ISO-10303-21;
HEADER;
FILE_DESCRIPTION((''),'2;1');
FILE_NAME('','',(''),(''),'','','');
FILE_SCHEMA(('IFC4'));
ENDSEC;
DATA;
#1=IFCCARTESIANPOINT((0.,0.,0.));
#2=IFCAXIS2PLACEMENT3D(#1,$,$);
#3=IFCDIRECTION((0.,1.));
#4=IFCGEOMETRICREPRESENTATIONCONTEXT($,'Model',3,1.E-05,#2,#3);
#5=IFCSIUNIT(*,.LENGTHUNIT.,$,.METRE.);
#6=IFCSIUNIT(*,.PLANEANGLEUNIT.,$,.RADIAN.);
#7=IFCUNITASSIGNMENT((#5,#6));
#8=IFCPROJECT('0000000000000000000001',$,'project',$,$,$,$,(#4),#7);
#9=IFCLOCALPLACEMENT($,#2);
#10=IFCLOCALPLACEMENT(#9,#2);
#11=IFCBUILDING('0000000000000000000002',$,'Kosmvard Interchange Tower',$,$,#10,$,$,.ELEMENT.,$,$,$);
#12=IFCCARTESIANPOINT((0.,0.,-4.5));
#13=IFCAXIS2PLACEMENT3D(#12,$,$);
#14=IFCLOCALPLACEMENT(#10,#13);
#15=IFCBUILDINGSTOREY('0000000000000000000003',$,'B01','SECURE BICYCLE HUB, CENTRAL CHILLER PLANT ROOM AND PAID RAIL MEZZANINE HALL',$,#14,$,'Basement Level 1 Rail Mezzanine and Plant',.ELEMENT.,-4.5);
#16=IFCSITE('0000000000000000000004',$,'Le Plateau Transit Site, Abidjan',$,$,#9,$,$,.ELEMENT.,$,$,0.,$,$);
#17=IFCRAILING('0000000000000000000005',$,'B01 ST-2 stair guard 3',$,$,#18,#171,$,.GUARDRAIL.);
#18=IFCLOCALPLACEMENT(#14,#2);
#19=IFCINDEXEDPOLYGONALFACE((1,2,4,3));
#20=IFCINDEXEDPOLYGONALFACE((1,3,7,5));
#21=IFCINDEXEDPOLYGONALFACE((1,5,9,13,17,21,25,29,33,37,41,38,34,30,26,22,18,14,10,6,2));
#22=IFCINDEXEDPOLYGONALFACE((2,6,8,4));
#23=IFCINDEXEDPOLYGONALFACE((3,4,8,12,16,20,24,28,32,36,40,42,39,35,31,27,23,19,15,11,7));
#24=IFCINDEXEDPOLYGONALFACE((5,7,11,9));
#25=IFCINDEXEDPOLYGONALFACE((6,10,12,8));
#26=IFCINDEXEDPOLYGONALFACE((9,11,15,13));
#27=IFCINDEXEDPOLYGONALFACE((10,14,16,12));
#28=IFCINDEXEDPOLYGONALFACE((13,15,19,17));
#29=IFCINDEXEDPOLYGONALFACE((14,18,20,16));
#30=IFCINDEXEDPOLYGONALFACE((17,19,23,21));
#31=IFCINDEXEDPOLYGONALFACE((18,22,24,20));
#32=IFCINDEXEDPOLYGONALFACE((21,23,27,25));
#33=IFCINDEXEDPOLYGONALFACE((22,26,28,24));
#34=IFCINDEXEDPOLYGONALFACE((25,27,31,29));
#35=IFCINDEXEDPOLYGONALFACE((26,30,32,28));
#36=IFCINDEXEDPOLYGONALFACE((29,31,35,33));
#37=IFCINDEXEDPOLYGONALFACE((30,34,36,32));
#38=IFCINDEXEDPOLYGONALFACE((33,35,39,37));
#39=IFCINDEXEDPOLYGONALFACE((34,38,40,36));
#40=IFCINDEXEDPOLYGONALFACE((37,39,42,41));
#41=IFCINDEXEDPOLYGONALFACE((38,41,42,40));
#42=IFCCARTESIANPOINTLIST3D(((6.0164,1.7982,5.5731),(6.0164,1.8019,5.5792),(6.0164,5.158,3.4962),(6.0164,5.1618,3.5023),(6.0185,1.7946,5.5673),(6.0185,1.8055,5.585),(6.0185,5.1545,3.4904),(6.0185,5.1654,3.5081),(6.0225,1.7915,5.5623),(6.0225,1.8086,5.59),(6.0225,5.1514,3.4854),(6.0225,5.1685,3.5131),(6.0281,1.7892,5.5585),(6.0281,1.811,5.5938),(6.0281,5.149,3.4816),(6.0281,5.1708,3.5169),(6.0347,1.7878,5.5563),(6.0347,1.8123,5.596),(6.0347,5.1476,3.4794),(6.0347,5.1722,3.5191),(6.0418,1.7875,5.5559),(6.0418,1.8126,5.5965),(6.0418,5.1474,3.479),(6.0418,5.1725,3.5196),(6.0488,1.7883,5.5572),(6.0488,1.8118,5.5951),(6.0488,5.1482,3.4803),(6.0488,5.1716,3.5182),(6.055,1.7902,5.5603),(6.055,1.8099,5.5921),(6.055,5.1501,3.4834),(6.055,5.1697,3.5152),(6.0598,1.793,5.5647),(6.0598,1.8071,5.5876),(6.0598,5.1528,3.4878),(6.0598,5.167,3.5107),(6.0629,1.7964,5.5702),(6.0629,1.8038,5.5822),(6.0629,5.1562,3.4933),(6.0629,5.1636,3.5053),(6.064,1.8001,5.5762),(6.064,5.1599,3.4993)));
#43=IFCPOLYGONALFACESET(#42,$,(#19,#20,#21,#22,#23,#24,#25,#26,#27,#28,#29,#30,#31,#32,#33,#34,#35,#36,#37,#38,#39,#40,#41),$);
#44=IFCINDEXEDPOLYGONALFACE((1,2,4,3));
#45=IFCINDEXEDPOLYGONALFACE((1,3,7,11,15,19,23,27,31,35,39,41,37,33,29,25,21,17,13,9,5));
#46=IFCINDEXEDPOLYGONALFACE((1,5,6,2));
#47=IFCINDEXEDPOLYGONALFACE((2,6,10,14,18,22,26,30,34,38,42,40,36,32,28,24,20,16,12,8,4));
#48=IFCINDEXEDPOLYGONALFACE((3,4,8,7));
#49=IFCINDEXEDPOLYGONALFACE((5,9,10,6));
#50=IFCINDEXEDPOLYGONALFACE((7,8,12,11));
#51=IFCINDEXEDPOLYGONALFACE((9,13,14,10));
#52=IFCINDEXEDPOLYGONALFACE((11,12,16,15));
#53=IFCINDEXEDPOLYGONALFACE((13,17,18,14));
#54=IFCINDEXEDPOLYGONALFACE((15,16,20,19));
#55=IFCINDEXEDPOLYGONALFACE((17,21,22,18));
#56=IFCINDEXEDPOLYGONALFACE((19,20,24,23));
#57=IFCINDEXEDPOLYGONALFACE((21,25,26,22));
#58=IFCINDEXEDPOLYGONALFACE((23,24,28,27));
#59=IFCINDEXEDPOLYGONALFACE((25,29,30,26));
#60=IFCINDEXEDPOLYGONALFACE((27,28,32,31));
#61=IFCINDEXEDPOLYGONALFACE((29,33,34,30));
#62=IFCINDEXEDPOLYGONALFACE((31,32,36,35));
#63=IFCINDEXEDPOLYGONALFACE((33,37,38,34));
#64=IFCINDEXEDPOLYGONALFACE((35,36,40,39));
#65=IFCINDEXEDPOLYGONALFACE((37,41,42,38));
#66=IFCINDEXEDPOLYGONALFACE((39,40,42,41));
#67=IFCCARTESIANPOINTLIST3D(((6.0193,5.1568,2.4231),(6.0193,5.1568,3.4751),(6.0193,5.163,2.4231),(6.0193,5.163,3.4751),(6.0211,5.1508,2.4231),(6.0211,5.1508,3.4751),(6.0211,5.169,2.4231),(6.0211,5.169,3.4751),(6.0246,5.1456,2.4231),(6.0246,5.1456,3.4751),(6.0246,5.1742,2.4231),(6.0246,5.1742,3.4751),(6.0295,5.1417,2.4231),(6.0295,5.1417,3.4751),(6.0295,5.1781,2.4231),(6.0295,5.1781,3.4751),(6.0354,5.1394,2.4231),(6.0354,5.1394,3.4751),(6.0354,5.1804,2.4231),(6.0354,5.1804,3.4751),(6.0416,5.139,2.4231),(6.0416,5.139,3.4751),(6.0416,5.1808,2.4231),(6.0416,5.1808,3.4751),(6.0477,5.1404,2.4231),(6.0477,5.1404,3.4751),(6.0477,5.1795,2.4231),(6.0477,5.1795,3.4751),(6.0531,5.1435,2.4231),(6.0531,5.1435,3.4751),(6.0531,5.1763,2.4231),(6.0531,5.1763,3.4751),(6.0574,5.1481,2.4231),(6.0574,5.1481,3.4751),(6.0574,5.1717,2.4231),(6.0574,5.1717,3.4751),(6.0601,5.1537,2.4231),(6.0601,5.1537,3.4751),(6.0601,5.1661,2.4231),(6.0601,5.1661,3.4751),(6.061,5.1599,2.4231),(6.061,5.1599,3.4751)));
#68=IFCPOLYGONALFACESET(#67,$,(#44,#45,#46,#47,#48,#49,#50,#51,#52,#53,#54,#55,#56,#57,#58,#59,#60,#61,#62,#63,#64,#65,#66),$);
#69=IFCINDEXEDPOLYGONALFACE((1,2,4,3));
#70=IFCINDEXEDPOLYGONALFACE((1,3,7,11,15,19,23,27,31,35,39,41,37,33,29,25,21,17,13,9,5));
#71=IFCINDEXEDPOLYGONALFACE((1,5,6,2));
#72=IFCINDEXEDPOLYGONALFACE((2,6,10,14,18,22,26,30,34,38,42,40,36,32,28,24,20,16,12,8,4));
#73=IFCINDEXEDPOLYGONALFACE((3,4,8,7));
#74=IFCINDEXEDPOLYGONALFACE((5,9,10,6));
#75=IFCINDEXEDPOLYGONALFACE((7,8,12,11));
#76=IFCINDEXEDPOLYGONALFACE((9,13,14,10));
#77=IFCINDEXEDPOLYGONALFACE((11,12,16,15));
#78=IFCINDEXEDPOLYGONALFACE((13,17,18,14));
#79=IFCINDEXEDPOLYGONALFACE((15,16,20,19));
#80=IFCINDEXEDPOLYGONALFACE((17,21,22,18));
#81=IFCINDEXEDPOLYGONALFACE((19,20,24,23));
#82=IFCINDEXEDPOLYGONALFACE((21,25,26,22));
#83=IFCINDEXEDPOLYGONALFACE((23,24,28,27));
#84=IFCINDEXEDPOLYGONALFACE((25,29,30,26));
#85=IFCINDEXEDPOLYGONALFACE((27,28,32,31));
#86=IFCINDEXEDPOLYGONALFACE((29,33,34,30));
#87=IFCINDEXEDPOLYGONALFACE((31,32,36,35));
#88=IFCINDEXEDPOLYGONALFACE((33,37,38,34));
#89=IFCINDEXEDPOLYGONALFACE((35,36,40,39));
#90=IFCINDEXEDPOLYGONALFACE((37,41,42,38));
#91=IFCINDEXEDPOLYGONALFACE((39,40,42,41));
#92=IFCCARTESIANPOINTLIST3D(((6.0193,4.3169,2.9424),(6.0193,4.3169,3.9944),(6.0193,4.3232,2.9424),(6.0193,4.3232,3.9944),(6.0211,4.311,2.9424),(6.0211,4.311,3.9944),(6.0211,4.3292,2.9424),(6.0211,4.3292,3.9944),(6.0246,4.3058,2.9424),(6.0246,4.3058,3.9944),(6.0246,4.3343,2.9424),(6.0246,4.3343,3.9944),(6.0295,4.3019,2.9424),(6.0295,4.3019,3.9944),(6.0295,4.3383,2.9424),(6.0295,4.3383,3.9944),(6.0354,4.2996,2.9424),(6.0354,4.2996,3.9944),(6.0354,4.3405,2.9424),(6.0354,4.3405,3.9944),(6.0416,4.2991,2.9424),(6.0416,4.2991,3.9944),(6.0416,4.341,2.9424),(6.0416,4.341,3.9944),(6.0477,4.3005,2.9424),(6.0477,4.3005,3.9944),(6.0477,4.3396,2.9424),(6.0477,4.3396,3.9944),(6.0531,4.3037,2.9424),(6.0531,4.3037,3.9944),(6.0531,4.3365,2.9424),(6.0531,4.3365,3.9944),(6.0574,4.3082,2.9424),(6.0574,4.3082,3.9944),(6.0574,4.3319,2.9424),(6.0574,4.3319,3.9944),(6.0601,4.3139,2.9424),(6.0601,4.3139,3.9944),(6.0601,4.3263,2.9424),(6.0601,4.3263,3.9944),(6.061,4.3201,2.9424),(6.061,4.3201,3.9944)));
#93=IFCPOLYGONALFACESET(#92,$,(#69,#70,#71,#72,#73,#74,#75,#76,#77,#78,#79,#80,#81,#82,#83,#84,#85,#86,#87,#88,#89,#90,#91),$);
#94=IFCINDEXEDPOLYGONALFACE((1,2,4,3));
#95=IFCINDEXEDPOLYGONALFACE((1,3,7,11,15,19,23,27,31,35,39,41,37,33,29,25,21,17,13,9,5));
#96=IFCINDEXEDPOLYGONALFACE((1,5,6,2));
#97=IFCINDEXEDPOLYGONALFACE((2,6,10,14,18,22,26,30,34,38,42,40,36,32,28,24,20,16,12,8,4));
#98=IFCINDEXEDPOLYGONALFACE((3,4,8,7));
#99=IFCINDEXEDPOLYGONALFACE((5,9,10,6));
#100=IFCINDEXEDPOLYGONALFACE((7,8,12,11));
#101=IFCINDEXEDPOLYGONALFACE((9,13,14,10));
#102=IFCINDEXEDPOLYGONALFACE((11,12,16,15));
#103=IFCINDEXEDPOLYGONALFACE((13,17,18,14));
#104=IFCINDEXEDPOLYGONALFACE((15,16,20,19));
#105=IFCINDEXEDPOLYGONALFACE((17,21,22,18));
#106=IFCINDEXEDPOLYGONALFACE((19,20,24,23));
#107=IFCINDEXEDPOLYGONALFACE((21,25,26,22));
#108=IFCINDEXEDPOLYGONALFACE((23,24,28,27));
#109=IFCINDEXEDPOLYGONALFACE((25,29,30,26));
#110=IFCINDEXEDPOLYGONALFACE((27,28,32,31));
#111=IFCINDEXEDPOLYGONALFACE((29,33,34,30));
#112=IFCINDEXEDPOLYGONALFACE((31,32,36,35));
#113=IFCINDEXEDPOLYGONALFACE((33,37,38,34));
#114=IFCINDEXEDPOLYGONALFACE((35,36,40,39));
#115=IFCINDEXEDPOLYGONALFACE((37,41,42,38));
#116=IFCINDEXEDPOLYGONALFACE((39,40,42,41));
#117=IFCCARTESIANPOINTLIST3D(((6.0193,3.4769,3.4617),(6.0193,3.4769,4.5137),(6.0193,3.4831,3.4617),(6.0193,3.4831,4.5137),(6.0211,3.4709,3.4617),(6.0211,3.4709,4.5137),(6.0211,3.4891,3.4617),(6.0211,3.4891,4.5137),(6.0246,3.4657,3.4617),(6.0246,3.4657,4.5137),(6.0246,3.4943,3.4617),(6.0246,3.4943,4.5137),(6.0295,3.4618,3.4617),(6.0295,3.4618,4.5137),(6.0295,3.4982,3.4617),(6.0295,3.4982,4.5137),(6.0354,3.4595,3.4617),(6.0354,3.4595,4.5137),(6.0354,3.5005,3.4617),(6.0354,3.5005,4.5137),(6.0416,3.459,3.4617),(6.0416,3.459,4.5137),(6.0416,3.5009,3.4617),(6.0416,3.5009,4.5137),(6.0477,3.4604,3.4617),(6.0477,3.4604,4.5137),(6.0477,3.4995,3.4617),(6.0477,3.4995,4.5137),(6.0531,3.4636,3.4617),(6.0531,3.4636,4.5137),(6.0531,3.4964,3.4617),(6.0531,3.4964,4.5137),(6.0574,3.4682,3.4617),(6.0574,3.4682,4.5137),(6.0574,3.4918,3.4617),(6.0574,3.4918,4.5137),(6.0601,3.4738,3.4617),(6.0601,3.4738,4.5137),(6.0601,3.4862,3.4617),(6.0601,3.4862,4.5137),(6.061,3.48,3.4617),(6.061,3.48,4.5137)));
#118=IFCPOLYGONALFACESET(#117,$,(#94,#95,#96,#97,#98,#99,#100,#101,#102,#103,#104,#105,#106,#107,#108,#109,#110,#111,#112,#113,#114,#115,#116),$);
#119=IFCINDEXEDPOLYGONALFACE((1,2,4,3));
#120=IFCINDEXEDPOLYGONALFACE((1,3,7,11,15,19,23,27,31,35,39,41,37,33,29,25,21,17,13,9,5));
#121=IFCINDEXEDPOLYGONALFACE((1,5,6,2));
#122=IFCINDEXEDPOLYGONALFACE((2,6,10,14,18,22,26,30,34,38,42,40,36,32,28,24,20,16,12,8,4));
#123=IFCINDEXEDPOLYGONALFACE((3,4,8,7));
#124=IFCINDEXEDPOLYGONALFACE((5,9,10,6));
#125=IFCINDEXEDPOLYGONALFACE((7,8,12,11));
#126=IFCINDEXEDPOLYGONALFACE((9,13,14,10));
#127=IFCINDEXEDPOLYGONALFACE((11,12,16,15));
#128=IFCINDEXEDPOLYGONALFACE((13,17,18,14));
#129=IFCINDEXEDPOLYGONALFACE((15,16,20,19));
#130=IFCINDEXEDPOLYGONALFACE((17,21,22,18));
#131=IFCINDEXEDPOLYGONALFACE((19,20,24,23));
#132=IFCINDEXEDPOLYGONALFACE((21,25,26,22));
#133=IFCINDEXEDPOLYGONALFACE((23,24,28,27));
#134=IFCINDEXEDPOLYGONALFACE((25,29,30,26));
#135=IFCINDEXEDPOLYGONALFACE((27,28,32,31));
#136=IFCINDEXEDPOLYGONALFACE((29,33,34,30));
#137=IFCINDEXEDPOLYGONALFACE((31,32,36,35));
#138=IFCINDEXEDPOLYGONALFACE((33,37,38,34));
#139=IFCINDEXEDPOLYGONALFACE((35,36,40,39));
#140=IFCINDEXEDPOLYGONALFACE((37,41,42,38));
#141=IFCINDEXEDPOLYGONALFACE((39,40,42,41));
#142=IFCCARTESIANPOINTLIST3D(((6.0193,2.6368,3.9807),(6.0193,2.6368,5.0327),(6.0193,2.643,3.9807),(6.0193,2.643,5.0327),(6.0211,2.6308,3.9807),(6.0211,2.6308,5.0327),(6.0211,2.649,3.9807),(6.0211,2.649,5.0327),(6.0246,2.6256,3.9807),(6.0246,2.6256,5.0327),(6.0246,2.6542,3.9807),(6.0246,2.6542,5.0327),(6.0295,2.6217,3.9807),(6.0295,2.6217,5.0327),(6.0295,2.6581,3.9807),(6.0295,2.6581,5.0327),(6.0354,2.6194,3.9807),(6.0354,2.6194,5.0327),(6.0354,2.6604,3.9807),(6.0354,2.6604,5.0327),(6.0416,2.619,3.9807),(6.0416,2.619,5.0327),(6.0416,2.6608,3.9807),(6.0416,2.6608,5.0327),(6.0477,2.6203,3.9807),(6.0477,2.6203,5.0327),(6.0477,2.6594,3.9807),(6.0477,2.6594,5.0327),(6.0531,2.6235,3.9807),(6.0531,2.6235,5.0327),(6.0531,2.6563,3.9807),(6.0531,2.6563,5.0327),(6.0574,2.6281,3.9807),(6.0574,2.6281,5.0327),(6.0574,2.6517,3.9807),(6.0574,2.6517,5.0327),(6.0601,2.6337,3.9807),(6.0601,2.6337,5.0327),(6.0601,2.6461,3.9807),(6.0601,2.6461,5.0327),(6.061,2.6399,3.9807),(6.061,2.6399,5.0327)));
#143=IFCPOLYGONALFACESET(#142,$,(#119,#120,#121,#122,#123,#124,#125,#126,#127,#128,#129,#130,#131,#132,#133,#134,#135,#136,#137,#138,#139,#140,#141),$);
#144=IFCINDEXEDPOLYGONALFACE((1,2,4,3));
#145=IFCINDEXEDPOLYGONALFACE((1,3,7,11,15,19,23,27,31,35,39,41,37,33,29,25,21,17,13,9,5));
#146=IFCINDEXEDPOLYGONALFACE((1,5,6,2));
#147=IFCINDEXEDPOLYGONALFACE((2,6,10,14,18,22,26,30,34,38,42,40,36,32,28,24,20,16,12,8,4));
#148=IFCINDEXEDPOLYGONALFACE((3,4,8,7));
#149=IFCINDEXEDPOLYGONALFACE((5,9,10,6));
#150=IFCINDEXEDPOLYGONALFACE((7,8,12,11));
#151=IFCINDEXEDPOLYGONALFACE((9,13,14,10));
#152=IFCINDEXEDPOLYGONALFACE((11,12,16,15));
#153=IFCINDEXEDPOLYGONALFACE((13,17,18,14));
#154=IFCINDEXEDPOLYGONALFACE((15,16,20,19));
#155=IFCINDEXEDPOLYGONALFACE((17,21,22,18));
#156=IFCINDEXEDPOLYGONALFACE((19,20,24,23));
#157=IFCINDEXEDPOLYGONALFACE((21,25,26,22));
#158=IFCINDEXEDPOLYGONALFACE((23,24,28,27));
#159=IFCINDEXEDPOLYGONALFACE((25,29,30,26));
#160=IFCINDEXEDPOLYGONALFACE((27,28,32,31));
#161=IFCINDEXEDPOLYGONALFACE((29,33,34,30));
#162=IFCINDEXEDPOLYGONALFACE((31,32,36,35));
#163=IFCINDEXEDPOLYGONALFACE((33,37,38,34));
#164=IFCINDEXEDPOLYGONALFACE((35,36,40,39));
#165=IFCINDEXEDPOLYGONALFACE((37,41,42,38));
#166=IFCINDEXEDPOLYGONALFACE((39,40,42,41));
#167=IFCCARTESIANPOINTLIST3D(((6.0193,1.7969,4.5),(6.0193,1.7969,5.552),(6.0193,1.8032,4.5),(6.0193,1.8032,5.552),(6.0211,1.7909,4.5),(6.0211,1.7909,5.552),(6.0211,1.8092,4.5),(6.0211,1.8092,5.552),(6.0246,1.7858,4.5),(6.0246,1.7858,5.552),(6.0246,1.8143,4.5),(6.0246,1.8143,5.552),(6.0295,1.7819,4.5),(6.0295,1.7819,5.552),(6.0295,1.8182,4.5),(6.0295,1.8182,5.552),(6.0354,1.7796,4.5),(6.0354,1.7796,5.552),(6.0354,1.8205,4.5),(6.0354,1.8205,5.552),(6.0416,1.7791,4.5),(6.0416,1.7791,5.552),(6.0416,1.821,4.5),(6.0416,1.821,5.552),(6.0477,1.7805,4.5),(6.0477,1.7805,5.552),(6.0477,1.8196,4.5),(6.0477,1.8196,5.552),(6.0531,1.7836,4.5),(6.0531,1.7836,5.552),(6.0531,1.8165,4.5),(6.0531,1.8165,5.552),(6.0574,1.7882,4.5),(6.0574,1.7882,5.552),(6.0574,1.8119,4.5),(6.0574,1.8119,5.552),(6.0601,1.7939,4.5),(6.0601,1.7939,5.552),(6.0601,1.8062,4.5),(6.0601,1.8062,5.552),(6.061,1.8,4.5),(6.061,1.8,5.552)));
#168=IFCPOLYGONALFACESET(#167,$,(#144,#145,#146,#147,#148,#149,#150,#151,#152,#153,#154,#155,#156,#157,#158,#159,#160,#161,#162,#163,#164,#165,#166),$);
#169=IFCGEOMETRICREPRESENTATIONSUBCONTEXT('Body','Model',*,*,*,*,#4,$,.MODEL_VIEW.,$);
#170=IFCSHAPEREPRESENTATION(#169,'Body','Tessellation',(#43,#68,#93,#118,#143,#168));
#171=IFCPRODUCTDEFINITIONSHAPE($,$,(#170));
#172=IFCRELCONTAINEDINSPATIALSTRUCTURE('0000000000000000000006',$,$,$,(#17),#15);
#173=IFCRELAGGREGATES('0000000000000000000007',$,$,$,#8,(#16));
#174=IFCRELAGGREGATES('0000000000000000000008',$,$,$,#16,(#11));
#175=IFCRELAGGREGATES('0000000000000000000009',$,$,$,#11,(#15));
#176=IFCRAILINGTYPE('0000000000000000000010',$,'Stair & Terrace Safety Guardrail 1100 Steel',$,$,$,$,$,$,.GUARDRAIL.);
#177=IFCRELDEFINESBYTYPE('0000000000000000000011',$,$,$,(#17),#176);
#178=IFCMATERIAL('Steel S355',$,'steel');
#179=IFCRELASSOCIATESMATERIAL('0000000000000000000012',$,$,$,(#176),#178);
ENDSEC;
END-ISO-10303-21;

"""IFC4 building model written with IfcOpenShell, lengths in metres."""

from ifc_helpers import new_model, si_unit, direction, frame, origin, origin_2d, place, context, subcontext, project, spatial, circle, extrude, source, transform, mapped, material, type_object, element, save


model = new_model("IFC4")

# Units and contexts
model_context = context("Model", 3, precision=1e-05, world=origin(), true_north=direction((0.0, 1.0)))
body_context = subcontext(model_context, "Body", "Model", "MODEL_VIEW")
ifc_project = project(units=[si_unit("LENGTHUNIT", "METRE"), si_unit("PLANEANGLEUNIT", "RADIAN")], contexts=[model_context])

# Site, building, storey
site_placement = place(None, origin())
site = spatial("IfcSite", under=ifc_project, at=site_placement, Name="Le Plateau Transit Site, Abidjan", CompositionType="ELEMENT", RefElevation=0.0)
building_placement = place(site_placement, origin())
building = spatial("IfcBuilding", under=site, at=building_placement, Name="Kosmvard Interchange Tower", CompositionType="ELEMENT")
storey_placement = place(building_placement, frame((0.0, 0.0, -4.5)))
storey = spatial("IfcBuildingStorey", under=building, at=storey_placement, Name="B01", Description="SECURE BICYCLE HUB, CENTRAL CHILLER PLANT ROOM AND PAID RAIL MEZZANINE HALL", LongName="Basement Level 1 Rail Mezzanine and Plant", CompositionType="ELEMENT", Elevation=-4.5)

# Shared definitions
ifc_material_1 = material(Name="Steel S355", Category="steel")

# Railing
railing_type_1 = type_object("IfcRailingType", Name="Stair & Terrace Safety Guardrail 1100 Steel", PredefinedType="GUARDRAIL", material=ifc_material_1)
shared_shape_1 = source(origin(), body_context, "Body", "SweptSolid", [
    extrude(circle(Radius=0.0239, at=origin_2d()), frame((0.0, 0.0, 1.0762), z_axis=(0.0, -0.850606, 0.525803), x_axis=(1.0, 0.0, 0.0)), (0.0, 0.0, 1.0), 3.95),
    extrude(circle(Radius=0.021, at=origin_2d()), origin(), (0.0, 0.0, 1.0), 1.052),
    extrude(circle(Radius=0.021, at=origin_2d()), frame((0.0, -0.8398, 0.5193)), (0.0, 0.0, 1.0), 1.052),
    extrude(circle(Radius=0.021, at=origin_2d()), frame((0.0, -1.6799, 1.0386)), (0.0, 0.0, 1.0), 1.052),
    extrude(circle(Radius=0.021, at=origin_2d()), frame((0.0, -2.52, 1.5576)), (0.0, 0.0, 1.0), 1.052),
    extrude(circle(Radius=0.021, at=origin_2d()), frame((0.0, -3.3599, 2.0769)), (0.0, 0.0, 1.0), 1.052),
])
railing_1_placement = place(storey_placement, frame((6.04, 5.1599, 2.4231)))
element("IfcRailing", 1, at=railing_1_placement, inside=storey, type_object=railing_type_1, Name="B01 ST-2 stair guard 3", PredefinedType="GUARDRAIL", context=body_context, shape_type="MappedRepresentation", body=[
    mapped(shared_shape_1, transform((0.0, 0.0, 0.0), scale=1.0)),
])

save(model, "model.ifc")
